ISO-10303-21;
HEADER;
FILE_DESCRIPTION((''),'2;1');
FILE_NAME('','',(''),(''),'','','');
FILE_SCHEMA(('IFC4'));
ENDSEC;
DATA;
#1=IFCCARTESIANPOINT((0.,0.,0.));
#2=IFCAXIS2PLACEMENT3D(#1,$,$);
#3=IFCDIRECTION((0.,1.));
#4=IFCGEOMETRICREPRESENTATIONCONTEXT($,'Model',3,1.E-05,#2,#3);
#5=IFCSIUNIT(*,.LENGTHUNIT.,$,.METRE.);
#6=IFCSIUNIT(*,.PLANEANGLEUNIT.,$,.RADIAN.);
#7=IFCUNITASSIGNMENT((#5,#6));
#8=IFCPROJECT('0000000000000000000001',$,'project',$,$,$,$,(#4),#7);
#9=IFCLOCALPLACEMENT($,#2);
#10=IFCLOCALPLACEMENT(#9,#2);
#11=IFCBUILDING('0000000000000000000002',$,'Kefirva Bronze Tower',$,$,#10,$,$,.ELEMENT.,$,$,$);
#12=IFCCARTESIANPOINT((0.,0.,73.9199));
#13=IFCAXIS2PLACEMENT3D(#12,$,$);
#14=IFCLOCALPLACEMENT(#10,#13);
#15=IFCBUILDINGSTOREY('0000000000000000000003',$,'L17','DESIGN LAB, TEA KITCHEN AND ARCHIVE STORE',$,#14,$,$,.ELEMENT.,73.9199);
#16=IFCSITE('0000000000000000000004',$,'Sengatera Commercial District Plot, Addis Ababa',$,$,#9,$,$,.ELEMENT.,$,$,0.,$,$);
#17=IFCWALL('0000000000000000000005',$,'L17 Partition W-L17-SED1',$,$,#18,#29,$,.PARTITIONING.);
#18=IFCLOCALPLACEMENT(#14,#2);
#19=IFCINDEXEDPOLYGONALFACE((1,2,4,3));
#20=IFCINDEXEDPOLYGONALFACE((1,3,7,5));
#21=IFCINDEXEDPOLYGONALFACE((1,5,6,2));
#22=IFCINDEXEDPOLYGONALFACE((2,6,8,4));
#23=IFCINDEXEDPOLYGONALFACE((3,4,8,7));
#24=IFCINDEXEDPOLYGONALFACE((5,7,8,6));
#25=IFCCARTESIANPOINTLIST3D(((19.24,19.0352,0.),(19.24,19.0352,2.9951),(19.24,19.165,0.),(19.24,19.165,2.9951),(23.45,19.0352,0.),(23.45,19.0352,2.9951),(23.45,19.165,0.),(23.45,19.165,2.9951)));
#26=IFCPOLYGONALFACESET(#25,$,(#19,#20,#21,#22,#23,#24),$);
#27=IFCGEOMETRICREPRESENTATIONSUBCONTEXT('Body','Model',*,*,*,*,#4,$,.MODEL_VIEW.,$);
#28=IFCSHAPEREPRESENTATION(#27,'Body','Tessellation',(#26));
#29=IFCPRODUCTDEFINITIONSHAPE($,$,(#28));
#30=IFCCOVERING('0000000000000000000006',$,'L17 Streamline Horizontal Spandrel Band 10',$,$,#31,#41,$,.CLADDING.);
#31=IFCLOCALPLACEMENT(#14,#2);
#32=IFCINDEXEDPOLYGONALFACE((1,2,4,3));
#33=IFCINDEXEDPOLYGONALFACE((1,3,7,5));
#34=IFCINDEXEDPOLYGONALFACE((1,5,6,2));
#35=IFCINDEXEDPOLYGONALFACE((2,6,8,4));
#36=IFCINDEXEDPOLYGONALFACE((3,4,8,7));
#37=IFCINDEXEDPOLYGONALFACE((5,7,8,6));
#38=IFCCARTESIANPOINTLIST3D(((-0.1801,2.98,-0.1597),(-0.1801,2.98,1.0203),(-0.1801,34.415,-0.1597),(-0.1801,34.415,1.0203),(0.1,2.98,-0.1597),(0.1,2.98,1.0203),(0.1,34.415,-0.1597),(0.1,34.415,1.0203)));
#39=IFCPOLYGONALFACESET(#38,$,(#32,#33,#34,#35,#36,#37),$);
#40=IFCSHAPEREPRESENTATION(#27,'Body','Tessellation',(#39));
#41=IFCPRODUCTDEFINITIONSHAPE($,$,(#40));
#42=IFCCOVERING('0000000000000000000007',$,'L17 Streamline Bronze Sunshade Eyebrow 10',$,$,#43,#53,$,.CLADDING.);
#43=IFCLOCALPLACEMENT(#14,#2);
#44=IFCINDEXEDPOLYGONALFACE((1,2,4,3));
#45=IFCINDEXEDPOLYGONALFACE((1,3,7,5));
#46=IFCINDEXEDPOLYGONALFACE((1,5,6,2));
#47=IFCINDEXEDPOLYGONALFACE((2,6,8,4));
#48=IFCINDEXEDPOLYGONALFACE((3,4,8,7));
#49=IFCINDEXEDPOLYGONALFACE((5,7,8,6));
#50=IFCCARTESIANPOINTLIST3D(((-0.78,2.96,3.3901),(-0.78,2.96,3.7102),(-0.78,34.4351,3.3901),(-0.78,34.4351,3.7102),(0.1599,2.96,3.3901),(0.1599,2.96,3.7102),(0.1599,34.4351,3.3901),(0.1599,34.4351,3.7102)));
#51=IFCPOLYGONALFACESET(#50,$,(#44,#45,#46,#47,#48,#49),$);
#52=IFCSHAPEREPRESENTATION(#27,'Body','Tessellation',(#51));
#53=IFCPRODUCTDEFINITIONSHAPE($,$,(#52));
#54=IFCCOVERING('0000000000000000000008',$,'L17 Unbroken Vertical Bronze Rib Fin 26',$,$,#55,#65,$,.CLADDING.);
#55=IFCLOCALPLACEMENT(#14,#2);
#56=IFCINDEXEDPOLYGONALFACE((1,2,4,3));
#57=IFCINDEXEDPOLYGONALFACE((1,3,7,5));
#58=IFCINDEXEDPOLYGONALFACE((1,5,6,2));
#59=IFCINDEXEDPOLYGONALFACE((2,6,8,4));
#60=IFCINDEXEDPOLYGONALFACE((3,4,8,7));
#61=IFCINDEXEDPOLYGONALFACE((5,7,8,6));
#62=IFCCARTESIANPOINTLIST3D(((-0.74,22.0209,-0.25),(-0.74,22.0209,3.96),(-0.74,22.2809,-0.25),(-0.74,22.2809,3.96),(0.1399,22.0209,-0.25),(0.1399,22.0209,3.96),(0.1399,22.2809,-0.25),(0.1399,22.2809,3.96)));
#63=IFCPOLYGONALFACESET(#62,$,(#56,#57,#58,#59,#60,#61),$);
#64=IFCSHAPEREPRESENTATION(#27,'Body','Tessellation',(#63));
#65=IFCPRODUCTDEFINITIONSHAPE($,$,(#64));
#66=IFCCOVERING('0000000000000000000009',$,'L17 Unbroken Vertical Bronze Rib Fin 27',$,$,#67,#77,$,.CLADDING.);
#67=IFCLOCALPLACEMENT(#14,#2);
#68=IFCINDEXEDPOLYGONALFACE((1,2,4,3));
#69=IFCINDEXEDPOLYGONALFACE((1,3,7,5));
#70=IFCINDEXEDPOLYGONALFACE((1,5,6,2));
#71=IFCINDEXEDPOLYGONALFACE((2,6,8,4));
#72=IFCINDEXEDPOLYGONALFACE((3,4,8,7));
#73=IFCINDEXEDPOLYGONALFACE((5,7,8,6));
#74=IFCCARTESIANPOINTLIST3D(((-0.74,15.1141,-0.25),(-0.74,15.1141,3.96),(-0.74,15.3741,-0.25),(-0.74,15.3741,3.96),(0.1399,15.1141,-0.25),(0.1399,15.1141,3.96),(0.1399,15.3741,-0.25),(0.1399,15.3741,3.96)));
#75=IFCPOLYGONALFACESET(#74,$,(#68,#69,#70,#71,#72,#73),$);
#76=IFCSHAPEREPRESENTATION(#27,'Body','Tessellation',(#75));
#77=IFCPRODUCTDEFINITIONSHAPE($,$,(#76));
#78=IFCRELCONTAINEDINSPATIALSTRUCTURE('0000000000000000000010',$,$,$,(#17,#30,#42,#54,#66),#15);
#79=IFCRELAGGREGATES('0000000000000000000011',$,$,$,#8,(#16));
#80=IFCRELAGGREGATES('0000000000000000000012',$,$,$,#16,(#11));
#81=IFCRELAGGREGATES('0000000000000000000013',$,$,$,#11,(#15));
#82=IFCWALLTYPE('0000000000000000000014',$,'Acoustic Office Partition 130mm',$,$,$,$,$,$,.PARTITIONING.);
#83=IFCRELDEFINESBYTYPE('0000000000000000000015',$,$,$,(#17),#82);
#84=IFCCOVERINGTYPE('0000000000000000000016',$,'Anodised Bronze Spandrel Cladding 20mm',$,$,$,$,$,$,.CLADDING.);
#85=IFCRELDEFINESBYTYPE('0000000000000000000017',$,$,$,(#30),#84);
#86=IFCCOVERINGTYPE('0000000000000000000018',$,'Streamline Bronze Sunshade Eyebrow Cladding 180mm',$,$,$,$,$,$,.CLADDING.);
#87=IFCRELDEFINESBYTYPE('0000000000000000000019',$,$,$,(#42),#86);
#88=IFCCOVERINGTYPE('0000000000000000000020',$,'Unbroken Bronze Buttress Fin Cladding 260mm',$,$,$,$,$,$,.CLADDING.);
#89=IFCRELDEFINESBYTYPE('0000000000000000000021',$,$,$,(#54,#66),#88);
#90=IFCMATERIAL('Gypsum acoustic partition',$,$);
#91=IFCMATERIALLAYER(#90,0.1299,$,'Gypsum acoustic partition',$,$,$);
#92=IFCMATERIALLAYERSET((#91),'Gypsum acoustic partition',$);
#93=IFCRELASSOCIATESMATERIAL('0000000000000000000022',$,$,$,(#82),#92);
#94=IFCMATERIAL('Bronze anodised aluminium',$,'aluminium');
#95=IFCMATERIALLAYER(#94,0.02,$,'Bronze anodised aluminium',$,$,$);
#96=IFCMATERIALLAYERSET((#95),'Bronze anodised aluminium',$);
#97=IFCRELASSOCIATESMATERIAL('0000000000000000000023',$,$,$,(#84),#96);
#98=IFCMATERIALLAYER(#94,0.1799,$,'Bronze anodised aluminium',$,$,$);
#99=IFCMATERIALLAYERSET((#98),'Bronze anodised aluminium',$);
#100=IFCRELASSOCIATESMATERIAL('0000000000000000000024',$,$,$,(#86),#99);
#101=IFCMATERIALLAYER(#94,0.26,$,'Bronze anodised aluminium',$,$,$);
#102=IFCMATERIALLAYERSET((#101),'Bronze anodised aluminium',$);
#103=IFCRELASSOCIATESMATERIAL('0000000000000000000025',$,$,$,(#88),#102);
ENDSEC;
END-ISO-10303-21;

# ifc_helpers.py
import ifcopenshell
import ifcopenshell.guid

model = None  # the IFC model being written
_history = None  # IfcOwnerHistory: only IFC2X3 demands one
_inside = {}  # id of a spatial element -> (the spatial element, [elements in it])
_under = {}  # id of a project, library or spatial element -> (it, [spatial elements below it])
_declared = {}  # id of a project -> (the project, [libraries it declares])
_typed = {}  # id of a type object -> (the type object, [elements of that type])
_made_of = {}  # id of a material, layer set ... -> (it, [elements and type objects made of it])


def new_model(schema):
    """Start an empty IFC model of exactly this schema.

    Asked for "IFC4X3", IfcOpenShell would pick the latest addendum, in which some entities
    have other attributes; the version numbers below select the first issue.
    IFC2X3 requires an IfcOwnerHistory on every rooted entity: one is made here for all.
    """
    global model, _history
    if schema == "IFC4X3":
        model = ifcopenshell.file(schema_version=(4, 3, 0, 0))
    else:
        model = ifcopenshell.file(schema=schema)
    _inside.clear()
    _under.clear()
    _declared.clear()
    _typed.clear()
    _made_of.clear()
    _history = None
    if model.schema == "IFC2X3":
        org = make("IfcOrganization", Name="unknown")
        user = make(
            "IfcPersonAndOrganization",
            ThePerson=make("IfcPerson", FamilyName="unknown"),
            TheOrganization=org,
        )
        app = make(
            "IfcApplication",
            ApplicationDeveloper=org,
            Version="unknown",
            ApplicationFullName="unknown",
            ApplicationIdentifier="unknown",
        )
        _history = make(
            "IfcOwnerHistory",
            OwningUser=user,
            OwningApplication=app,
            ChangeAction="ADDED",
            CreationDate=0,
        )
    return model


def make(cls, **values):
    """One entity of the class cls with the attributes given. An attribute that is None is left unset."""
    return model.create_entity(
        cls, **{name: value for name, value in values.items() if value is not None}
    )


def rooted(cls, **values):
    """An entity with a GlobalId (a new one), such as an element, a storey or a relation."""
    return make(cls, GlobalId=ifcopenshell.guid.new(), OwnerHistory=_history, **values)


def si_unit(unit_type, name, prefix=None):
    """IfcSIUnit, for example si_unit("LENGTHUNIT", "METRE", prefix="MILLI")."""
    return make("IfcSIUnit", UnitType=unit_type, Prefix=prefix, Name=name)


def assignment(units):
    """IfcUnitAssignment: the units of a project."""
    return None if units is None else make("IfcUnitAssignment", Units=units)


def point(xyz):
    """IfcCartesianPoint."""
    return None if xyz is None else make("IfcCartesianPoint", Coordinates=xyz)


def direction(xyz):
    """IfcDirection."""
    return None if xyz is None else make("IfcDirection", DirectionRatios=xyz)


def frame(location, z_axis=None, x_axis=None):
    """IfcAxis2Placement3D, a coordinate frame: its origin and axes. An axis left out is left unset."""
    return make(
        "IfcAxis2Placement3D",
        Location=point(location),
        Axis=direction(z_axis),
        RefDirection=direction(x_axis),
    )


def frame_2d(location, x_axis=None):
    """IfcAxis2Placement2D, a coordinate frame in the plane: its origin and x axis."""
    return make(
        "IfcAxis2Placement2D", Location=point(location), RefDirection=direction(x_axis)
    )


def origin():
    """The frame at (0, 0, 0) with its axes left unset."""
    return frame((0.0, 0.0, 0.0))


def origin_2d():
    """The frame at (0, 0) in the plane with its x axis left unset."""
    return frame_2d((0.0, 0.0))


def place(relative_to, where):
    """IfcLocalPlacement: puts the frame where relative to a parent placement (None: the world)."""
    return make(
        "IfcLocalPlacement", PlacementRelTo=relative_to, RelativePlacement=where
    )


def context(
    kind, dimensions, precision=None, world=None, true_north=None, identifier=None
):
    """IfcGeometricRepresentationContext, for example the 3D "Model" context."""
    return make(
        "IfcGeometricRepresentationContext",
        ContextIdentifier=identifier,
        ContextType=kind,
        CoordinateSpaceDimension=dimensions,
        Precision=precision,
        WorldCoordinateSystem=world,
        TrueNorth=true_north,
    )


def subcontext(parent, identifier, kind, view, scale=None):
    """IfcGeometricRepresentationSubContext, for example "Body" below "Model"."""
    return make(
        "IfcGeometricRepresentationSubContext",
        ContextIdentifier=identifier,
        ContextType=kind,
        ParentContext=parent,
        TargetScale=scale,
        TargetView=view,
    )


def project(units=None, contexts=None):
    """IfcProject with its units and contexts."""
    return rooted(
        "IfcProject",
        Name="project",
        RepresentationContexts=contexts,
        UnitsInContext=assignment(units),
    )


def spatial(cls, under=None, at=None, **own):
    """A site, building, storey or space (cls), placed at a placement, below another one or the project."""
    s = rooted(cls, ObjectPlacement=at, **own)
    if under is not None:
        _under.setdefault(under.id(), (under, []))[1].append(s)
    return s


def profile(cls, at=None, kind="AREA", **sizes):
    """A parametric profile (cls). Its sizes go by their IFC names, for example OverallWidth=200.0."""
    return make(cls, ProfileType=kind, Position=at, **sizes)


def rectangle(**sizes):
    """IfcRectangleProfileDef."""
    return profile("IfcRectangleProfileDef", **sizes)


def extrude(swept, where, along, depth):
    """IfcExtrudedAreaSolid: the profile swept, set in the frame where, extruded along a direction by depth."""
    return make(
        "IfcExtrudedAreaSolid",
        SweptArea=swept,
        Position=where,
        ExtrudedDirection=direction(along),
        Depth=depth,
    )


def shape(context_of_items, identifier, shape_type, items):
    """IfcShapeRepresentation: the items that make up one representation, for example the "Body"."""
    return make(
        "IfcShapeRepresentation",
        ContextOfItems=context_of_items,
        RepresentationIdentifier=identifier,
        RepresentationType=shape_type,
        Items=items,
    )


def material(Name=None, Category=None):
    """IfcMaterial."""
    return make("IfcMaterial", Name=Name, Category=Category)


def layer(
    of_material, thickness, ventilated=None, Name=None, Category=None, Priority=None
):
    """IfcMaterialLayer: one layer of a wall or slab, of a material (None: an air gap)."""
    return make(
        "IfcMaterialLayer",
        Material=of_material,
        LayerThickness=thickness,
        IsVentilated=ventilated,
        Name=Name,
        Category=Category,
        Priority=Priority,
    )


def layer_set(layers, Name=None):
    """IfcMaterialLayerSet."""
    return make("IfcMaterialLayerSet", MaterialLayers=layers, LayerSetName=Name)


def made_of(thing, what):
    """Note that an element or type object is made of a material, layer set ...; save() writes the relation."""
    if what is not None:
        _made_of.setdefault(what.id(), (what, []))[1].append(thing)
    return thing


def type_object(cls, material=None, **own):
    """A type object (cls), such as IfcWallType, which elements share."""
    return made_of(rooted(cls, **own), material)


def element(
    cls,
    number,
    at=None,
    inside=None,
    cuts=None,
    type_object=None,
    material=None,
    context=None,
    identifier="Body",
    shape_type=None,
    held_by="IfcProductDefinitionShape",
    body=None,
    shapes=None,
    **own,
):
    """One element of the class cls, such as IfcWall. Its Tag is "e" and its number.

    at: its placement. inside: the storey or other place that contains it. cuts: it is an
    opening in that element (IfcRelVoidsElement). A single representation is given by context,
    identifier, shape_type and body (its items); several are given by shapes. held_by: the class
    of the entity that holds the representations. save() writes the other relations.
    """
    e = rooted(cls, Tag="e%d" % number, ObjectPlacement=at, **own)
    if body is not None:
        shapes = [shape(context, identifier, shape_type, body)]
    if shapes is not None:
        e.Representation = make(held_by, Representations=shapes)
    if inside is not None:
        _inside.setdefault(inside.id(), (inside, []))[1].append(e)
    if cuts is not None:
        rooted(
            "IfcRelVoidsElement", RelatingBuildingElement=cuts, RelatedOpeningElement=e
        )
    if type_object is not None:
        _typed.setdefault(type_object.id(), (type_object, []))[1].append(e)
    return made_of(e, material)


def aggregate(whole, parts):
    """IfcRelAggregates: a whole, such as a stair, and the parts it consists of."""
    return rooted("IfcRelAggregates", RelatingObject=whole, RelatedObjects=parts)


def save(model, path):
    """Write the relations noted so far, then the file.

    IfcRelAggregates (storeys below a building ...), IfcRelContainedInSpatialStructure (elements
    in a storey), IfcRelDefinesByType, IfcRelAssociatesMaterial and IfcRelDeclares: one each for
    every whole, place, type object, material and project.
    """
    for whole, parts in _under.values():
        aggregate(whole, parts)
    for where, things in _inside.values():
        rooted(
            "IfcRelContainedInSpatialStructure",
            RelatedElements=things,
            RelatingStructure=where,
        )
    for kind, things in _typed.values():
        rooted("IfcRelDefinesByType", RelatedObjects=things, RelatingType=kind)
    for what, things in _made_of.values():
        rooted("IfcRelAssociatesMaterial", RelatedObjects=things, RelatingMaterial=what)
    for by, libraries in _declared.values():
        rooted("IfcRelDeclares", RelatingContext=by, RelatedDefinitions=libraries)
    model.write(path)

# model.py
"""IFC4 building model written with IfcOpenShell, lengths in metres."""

from ifc_helpers import new_model, si_unit, direction, frame, frame_2d, origin, origin_2d, place, context, subcontext, project, spatial, rectangle, extrude, material, layer, layer_set, type_object, element, save


model = new_model("IFC4")

# Units and contexts
model_context = context("Model", 3, precision=1e-05, world=origin(), true_north=direction((0.0, 1.0)))
body_context = subcontext(model_context, "Body", "Model", "MODEL_VIEW")
ifc_project = project(units=[si_unit("LENGTHUNIT", "METRE"), si_unit("PLANEANGLEUNIT", "RADIAN")], contexts=[model_context])

# Site, building, storey
site_placement = place(None, origin())
site = spatial("IfcSite", under=ifc_project, at=site_placement, Name="Sengatera Commercial District Plot, Addis Ababa", CompositionType="ELEMENT", RefElevation=0.0)
building_placement = place(site_placement, origin())
building = spatial("IfcBuilding", under=site, at=building_placement, Name="Kefirva Bronze Tower", CompositionType="ELEMENT")
storey_placement = place(building_placement, frame((0.0, 0.0, 73.9199)))
storey = spatial("IfcBuildingStorey", under=building, at=storey_placement, Name="L17", Description="DESIGN LAB, TEA KITCHEN AND ARCHIVE STORE", CompositionType="ELEMENT", Elevation=73.9199)

# Shared definitions
ifc_material_1 = material(Name="Bronze anodised aluminium", Category="aluminium")

# Wall
ifc_material_2 = material(Name="Gypsum acoustic partition")
ifc_layer_1 = layer(ifc_material_2, 0.1299, Name="Gypsum acoustic partition")
ifc_layer_set_1 = layer_set([ifc_layer_1], Name="Gypsum acoustic partition")
wall_type = type_object("IfcWallType", Name="Acoustic Office Partition 130mm", PredefinedType="PARTITIONING", material=ifc_layer_set_1)
wall_placement = place(storey_placement, frame((19.24, 19.1001, 0.0), z_axis=(0.0, 0.0, 1.0), x_axis=(1.0, 0.0, 0.0)))
element("IfcWall", 1, at=wall_placement, inside=storey, type_object=wall_type, Name="L17 Partition W-L17-SED1", PredefinedType="PARTITIONING", context=body_context, shape_type="SweptSolid", body=[
    extrude(rectangle(XDim=4.21, YDim=0.1299, at=frame_2d((2.105, 0.0))), origin(), (0.0, 0.0, 1.0), 2.9951),
])

# Coverings
ifc_layer_2 = layer(ifc_material_1, 0.02, Name="Bronze anodised aluminium")
ifc_layer_set_2 = layer_set([ifc_layer_2], Name="Bronze anodised aluminium")
covering_type_1 = type_object("IfcCoveringType", Name="Anodised Bronze Spandrel Cladding 20mm", PredefinedType="CLADDING", material=ifc_layer_set_2)
covering_1_placement = place(storey_placement, frame((-0.04, 18.6975, -0.1597), z_axis=(0.0, 0.0, 1.0), x_axis=(0.0, -1.0, 0.0)))
element("IfcCovering", 2, at=covering_1_placement, inside=storey, type_object=covering_type_1, Name="L17 Streamline Horizontal Spandrel Band 10", PredefinedType="CLADDING", context=body_context, shape_type="SweptSolid", body=[
    extrude(rectangle(XDim=31.4351, YDim=0.28, at=origin_2d()), origin(), (0.0, 0.0, 1.0), 1.1799),
])
ifc_layer_3 = layer(ifc_material_1, 0.1799, Name="Bronze anodised aluminium")
ifc_layer_set_3 = layer_set([ifc_layer_3], Name="Bronze anodised aluminium")
covering_type_2 = type_object("IfcCoveringType", Name="Streamline Bronze Sunshade Eyebrow Cladding 180mm", PredefinedType="CLADDING", material=ifc_layer_set_3)
covering_2_placement = place(storey_placement, frame((-0.3101, 18.6975, 3.3901), z_axis=(0.0, 0.0, 1.0), x_axis=(0.0, -1.0, 0.0)))
element("IfcCovering", 3, at=covering_2_placement, inside=storey, type_object=covering_type_2, Name="L17 Streamline Bronze Sunshade Eyebrow 10", PredefinedType="CLADDING", context=body_context, shape_type="SweptSolid", body=[
    extrude(rectangle(XDim=31.4751, YDim=0.9399, at=origin_2d()), origin(), (0.0, 0.0, 1.0), 0.3201),
])
ifc_layer_4 = layer(ifc_material_1, 0.26, Name="Bronze anodised aluminium")
ifc_layer_set_4 = layer_set([ifc_layer_4], Name="Bronze anodised aluminium")
covering_type_3 = type_object("IfcCoveringType", Name="Unbroken Bronze Buttress Fin Cladding 260mm", PredefinedType="CLADDING", material=ifc_layer_set_4)
for number, where, z_axis, x_axis, name in (
    (4, (-0.3, 22.1509, -0.25), (0.0, 0.0, 1.0), (0.0, -1.0, 0.0), "L17 Unbroken Vertical Bronze Rib Fin 26"),
    (5, (-0.3, 15.2441, -0.25), (0.0, 0.0, 1.0), (0.0, -1.0, 0.0), "L17 Unbroken Vertical Bronze Rib Fin 27"),
):
    element("IfcCovering", number, at=place(storey_placement, frame(where, z_axis=z_axis, x_axis=x_axis)), inside=storey, type_object=covering_type_3, Name=name, PredefinedType="CLADDING", context=body_context, shape_type="SweptSolid", body=[
        extrude(rectangle(XDim=0.26, YDim=0.8799, at=origin_2d()), origin(), (0.0, 0.0, 1.0), 4.21),
    ])

save(model, "model.ifc")
